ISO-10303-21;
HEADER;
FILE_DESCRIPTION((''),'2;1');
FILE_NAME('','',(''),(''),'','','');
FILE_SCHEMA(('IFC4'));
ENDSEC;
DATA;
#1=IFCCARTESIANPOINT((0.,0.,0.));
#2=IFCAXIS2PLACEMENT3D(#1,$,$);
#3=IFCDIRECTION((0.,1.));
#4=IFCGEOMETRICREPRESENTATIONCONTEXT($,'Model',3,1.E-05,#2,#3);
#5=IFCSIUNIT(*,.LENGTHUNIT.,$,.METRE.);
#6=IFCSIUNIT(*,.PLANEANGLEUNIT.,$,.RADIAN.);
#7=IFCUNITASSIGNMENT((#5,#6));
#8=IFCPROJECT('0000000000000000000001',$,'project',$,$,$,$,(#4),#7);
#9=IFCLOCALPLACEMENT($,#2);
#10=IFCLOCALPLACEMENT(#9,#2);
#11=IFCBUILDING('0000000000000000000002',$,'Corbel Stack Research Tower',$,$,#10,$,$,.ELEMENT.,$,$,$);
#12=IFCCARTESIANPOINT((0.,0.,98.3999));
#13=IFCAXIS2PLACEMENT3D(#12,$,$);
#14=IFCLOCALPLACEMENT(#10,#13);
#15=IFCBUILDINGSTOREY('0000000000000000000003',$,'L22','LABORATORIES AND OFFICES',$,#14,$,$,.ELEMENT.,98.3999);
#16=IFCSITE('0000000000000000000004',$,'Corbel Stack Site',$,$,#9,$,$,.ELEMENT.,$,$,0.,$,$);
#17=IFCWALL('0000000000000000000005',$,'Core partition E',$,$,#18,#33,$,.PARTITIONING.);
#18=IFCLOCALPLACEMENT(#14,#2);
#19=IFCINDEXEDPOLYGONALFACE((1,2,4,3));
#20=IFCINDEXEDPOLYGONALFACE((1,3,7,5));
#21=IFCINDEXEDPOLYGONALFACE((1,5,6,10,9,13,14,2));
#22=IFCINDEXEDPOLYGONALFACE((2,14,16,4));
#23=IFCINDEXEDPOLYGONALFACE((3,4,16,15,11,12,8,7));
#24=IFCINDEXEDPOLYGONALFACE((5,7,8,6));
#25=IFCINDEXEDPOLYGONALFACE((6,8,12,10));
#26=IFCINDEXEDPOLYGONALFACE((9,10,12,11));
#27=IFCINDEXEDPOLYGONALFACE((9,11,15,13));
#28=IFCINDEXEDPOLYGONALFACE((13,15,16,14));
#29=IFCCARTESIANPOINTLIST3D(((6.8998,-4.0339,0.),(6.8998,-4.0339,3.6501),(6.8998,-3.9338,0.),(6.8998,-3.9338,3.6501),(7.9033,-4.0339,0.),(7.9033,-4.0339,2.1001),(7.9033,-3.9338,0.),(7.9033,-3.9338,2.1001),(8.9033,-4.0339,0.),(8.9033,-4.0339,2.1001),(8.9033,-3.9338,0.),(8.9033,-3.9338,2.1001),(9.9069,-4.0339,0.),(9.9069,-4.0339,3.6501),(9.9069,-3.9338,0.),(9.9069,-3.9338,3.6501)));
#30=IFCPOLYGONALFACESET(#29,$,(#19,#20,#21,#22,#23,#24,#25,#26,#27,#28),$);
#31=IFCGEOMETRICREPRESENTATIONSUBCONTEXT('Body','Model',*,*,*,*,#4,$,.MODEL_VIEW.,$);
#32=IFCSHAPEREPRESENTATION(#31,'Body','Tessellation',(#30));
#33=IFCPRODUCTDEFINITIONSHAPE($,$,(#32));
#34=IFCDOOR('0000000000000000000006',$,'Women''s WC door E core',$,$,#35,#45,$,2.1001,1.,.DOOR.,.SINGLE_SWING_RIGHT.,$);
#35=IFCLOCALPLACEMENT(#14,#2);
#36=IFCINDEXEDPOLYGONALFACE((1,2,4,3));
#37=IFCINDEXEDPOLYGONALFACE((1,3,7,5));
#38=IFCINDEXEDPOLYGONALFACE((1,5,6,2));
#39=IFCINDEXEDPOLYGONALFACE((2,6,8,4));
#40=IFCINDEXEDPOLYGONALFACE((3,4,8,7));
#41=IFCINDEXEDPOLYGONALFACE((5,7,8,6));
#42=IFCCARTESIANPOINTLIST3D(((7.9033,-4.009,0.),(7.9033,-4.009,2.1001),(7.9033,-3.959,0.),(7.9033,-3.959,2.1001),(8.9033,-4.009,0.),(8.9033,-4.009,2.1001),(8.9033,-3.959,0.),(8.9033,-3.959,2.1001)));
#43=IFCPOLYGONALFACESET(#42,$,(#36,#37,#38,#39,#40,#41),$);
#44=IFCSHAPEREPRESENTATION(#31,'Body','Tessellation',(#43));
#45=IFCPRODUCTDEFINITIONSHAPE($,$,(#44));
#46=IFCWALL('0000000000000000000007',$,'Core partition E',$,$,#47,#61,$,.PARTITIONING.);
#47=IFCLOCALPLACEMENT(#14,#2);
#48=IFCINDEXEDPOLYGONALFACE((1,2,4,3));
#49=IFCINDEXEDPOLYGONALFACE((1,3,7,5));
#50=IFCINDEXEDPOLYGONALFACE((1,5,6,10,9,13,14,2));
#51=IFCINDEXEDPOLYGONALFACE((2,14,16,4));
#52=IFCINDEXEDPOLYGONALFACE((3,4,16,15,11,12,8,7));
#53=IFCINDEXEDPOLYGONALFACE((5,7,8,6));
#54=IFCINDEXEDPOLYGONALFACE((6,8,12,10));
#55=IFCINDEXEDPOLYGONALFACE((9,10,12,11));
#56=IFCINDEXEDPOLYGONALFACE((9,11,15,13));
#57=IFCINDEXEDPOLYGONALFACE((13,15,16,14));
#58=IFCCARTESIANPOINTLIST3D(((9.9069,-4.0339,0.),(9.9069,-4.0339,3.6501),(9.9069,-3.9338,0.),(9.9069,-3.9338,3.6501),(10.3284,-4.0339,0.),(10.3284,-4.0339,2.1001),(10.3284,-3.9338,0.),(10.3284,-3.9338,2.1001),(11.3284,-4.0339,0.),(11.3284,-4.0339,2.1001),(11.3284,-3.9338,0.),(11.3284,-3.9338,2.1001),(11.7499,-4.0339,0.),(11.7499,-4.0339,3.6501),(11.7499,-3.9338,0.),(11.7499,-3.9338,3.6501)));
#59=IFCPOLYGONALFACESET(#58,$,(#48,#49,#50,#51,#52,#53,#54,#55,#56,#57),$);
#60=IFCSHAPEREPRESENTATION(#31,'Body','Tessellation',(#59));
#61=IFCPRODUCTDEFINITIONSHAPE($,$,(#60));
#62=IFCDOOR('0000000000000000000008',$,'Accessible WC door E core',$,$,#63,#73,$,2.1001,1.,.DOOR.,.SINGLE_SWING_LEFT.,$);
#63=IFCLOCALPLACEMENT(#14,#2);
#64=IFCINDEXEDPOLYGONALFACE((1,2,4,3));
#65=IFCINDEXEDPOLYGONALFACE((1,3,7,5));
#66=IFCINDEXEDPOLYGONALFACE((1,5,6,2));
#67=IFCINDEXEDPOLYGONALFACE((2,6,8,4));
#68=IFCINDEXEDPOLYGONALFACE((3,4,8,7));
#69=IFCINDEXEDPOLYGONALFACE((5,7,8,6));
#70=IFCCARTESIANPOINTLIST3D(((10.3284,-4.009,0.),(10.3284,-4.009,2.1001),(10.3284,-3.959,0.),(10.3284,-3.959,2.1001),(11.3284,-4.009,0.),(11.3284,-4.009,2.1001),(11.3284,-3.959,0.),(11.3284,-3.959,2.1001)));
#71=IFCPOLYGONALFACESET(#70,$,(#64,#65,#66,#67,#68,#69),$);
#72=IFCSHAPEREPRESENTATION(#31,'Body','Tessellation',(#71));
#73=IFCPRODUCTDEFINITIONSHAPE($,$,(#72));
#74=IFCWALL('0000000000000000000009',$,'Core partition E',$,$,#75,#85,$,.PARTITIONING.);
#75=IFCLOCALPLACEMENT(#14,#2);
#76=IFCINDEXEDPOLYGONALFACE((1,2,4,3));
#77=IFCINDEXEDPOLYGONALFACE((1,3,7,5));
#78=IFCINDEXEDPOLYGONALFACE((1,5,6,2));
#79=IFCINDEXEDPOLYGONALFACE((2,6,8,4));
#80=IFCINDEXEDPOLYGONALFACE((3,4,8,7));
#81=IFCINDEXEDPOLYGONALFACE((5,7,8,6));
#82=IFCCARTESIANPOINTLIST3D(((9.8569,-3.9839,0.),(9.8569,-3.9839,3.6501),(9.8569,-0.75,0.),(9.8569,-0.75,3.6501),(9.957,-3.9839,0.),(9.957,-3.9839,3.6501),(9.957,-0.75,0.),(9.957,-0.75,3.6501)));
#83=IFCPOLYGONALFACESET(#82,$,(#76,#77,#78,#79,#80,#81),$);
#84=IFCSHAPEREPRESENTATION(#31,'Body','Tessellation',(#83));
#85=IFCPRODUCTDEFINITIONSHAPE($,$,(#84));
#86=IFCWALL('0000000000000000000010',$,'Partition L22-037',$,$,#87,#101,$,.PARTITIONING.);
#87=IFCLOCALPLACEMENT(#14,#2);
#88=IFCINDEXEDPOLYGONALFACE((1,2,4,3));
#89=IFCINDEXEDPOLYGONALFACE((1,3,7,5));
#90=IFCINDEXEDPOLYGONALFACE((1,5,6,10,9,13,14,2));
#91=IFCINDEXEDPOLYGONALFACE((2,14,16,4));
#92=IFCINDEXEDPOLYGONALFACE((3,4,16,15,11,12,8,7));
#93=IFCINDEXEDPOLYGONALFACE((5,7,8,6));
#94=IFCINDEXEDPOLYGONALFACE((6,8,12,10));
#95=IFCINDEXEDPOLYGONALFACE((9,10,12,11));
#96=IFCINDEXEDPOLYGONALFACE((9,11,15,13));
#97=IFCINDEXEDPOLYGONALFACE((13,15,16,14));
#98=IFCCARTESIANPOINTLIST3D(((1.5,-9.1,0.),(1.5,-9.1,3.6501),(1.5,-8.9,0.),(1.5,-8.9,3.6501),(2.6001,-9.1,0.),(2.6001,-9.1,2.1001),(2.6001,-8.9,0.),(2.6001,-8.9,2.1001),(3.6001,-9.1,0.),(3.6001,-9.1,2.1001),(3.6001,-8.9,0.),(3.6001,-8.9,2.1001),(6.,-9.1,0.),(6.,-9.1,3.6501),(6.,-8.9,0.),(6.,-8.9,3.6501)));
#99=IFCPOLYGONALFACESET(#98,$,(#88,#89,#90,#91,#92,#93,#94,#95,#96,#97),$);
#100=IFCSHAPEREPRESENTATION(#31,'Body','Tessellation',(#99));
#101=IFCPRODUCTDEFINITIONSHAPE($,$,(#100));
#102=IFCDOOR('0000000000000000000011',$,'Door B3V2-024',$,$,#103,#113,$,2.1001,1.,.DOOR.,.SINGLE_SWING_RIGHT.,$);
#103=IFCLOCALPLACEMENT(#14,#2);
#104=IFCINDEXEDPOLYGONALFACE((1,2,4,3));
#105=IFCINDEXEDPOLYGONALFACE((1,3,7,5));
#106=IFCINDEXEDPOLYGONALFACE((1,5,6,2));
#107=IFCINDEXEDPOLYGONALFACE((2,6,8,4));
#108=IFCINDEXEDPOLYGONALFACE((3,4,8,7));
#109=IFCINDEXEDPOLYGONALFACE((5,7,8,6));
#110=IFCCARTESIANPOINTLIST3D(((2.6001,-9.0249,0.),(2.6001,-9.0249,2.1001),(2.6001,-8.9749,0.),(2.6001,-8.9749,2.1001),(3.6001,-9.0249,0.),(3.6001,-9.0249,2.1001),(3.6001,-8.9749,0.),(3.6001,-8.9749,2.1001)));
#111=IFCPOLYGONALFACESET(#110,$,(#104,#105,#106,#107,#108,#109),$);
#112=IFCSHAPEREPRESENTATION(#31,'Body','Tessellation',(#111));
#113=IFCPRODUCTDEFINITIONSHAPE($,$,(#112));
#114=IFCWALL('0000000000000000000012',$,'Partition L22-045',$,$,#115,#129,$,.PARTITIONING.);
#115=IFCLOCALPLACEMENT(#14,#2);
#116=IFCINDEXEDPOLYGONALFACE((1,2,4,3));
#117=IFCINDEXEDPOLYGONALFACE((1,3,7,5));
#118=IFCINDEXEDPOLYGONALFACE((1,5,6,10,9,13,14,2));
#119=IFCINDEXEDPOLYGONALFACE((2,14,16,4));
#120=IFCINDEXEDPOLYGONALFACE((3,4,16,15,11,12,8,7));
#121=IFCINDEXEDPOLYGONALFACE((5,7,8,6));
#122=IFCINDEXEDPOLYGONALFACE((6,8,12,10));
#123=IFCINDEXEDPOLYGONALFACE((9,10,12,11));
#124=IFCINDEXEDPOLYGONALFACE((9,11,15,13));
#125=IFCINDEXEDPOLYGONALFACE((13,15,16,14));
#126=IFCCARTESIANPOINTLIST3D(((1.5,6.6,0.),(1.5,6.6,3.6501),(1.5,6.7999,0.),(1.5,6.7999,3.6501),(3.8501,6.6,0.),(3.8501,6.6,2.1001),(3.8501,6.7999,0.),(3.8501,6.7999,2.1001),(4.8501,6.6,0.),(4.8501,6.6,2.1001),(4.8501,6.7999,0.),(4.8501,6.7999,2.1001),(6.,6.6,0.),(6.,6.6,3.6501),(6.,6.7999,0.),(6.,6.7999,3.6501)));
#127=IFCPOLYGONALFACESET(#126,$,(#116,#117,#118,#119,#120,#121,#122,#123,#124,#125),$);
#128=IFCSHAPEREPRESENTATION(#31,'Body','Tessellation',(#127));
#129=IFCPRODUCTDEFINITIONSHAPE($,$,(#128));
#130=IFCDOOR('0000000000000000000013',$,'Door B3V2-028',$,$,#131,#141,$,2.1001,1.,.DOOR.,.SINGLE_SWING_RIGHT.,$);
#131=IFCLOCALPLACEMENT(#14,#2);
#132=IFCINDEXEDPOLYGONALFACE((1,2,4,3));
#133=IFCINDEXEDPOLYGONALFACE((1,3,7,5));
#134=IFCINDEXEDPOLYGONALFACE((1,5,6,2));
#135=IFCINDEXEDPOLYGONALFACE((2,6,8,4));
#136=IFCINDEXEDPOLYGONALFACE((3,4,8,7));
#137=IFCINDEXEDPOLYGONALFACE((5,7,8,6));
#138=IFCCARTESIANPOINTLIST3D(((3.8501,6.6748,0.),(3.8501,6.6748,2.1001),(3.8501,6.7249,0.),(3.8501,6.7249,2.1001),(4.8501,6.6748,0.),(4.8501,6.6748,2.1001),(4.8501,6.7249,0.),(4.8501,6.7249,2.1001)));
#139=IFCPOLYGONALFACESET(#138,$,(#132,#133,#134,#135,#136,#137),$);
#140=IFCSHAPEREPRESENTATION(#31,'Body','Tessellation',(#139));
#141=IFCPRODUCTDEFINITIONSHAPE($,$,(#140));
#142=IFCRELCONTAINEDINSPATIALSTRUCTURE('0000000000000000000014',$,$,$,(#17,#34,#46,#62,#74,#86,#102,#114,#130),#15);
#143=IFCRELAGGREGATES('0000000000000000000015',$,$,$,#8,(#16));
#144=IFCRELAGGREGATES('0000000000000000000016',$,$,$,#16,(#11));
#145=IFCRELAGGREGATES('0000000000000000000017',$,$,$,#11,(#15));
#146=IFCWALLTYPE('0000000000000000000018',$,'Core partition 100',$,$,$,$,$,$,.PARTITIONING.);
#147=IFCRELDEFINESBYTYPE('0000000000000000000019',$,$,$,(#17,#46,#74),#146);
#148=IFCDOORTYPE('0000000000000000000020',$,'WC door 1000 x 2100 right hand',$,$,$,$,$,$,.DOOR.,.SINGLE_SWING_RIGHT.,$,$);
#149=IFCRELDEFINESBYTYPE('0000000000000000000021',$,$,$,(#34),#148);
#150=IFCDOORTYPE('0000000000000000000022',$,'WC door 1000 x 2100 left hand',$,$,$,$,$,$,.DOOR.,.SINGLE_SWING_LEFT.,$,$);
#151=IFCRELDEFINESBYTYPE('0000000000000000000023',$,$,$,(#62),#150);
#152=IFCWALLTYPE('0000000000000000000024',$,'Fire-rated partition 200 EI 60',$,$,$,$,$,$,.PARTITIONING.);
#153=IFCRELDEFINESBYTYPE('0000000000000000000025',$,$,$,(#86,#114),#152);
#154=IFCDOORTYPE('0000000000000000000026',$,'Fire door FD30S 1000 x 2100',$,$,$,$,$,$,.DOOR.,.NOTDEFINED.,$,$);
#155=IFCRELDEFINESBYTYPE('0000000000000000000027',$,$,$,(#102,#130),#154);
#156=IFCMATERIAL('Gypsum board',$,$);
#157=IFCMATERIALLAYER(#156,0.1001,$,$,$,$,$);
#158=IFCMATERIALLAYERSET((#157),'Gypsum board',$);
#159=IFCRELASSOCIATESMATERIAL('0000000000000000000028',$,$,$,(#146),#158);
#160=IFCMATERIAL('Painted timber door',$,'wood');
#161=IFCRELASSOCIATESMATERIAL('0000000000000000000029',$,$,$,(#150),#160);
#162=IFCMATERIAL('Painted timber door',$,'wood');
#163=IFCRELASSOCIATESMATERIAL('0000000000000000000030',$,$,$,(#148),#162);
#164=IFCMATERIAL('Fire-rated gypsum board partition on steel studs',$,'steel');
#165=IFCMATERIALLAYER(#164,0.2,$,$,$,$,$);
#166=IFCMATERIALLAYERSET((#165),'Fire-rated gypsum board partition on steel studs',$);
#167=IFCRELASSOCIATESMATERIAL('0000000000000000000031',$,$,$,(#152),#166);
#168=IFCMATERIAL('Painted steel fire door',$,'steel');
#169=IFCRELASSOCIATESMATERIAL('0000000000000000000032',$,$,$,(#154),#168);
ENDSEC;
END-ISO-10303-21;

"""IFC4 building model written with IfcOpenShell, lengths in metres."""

from ifc_helpers import new_model, si_unit, direction, frame, frame_2d, origin, place, context, subcontext, project, spatial, rectangle, extrude, material, layer, layer_set, type_object, element, fill, save


model = new_model("IFC4")

# Units and contexts
model_context = context("Model", 3, precision=1e-05, world=origin(), true_north=direction((0.0, 1.0)))
body_context = subcontext(model_context, "Body", "Model", "MODEL_VIEW")
ifc_project = project(units=[si_unit("LENGTHUNIT", "METRE"), si_unit("PLANEANGLEUNIT", "RADIAN")], contexts=[model_context])

# Site, building, storey
site_placement = place(None, origin())
site = spatial("IfcSite", under=ifc_project, at=site_placement, Name="Corbel Stack Site", CompositionType="ELEMENT", RefElevation=0.0)
building_placement = place(site_placement, origin())
building = spatial("IfcBuilding", under=site, at=building_placement, Name="Corbel Stack Research Tower", CompositionType="ELEMENT")
storey_placement = place(building_placement, frame((0.0, 0.0, 98.3999)))
storey = spatial("IfcBuildingStorey", under=building, at=storey_placement, Name="L22", Description="LABORATORIES AND OFFICES", CompositionType="ELEMENT", Elevation=98.3999)

# Walls, openings, doors
ifc_material_1 = material(Name="Gypsum board")
ifc_layer_1 = layer(ifc_material_1, 0.1001)
ifc_layer_set_1 = layer_set([ifc_layer_1], Name="Gypsum board")
wall_type_1 = type_object("IfcWallType", Name="Core partition 100", PredefinedType="PARTITIONING", material=ifc_layer_set_1)
ifc_material_2 = material(Name="Painted timber door", Category="wood")
door_type_1 = type_object("IfcDoorType", Name="WC door 1000 x 2100 left hand", OperationType="SINGLE_SWING_LEFT", PredefinedType="DOOR", material=ifc_material_2)
wall_1_placement = place(storey_placement, frame((6.8999, -3.9839, 0.0), z_axis=(0.0, 0.0, 1.0), x_axis=(1.0, 0.0, 0.0)))
wall_1 = element("IfcWall", 1, at=wall_1_placement, inside=storey, type_object=wall_type_1, Name="Core partition E", PredefinedType="PARTITIONING", context=body_context, shape_type="SweptSolid", body=[
    extrude(rectangle(XDim=3.0071, YDim=0.1001, at=frame_2d((1.5034, 0.0))), origin(), (0.0, 0.0, 1.0), 3.6501),
])
opening_1_placement = place(wall_1_placement, frame((1.0034, 0.0, 0.0)))
opening_1 = element("IfcOpeningElement", 2, at=opening_1_placement, cuts=wall_1, PredefinedType="OPENING", context=body_context, shape_type="SweptSolid", body=[
    extrude(rectangle(XDim=1.0, YDim=2.1001, at=frame_2d((0.5, 1.05))), frame((0.0, 0.0601, 0.0), z_axis=(0.0, -1.0, 0.0), x_axis=(1.0, 0.0, 0.0)), (0.0, 0.0, 1.0), 0.1201),
])
ifc_material_3 = material(Name="Painted timber door", Category="wood")
door_type_2 = type_object("IfcDoorType", Name="WC door 1000 x 2100 right hand", OperationType="SINGLE_SWING_RIGHT", PredefinedType="DOOR", material=ifc_material_3)
door_1_placement = place(opening_1_placement, origin())
door_1 = element("IfcDoor", 3, at=door_1_placement, inside=storey, type_object=door_type_2, Name="Women's WC door E core", OperationType="SINGLE_SWING_RIGHT", OverallHeight=2.1001, OverallWidth=1.0, PredefinedType="DOOR", context=body_context, shape_type="SweptSolid", body=[
    extrude(rectangle(XDim=1.0, YDim=2.1001, at=frame_2d((0.5, 1.05))), frame((0.0, 0.0249, 0.0), z_axis=(0.0, -1.0, 0.0), x_axis=(1.0, 0.0, 0.0)), (0.0, 0.0, 1.0), 0.05),
])
fill(opening_1, door_1)
wall_2_placement = place(storey_placement, frame((9.907, -3.9839, 0.0), z_axis=(0.0, 0.0, 1.0), x_axis=(1.0, 0.0, 0.0)))
wall_2 = element("IfcWall", 4, at=wall_2_placement, inside=storey, type_object=wall_type_1, Name="Core partition E", PredefinedType="PARTITIONING", context=body_context, shape_type="SweptSolid", body=[
    extrude(rectangle(XDim=1.843, YDim=0.1001, at=frame_2d((0.9214, 0.0))), origin(), (0.0, 0.0, 1.0), 3.6501),
])
opening_2_placement = place(wall_2_placement, frame((0.4214, 0.0, 0.0)))
opening_2 = element("IfcOpeningElement", 5, at=opening_2_placement, cuts=wall_2, PredefinedType="OPENING", context=body_context, shape_type="SweptSolid", body=[
    extrude(rectangle(XDim=1.0, YDim=2.1001, at=frame_2d((0.5, 1.05))), frame((0.0, 0.0601, 0.0), z_axis=(0.0, -1.0, 0.0), x_axis=(1.0, 0.0, 0.0)), (0.0, 0.0, 1.0), 0.1201),
])
door_2_placement = place(opening_2_placement, origin())
door_2 = element("IfcDoor", 6, at=door_2_placement, inside=storey, type_object=door_type_1, Name="Accessible WC door E core", OperationType="SINGLE_SWING_LEFT", OverallHeight=2.1001, OverallWidth=1.0, PredefinedType="DOOR", context=body_context, shape_type="SweptSolid", body=[
    extrude(rectangle(XDim=1.0, YDim=2.1001, at=frame_2d((0.5, 1.05))), frame((0.0, 0.0249, 0.0), z_axis=(0.0, -1.0, 0.0), x_axis=(1.0, 0.0, 0.0)), (0.0, 0.0, 1.0), 0.05),
])
fill(opening_2, door_2)

# Wall
wall_3_placement = place(storey_placement, frame((9.907, -3.9839, 0.0), z_axis=(0.0, 0.0, 1.0), x_axis=(0.0, 1.0, 0.0)))
element("IfcWall", 7, at=wall_3_placement, inside=storey, type_object=wall_type_1, Name="Core partition E", PredefinedType="PARTITIONING", context=body_context, shape_type="SweptSolid", body=[
    extrude(rectangle(XDim=3.2339, YDim=0.1001, at=frame_2d((1.6169, 0.0))), origin(), (0.0, 0.0, 1.0), 3.6501),
])

# Walls, openings, doors
ifc_material_4 = material(Name="Fire-rated gypsum board partition on steel studs", Category="steel")
ifc_layer_2 = layer(ifc_material_4, 0.2)
ifc_layer_set_2 = layer_set([ifc_layer_2], Name="Fire-rated gypsum board partition on steel studs")
wall_type_2 = type_object("IfcWallType", Name="Fire-rated partition 200 EI 60", PredefinedType="PARTITIONING", material=ifc_layer_set_2)
wall_4_placement = place(storey_placement, frame((6.0, -9.0, 0.0), z_axis=(0.0, 0.0, 1.0), x_axis=(-1.0, 0.0, 0.0)))
wall_4 = element("IfcWall", 8, at=wall_4_placement, inside=storey, type_object=wall_type_2, Name="Partition L22-037", PredefinedType="PARTITIONING", context=body_context, shape_type="SweptSolid", body=[
    extrude(rectangle(XDim=4.5, YDim=0.2, at=frame_2d((2.25, 0.0))), origin(), (0.0, 0.0, 1.0), 3.6501),
])
opening_3_placement = place(wall_4_placement, frame((2.3999, 0.0, 0.0)))
opening_3 = element("IfcOpeningElement", 9, at=opening_3_placement, cuts=wall_4, PredefinedType="OPENING", context=body_context, shape_type="SweptSolid", body=[
    extrude(rectangle(XDim=1.0, YDim=2.1001, at=frame_2d((0.5, 1.05))), frame((0.0, 0.1099, 0.0), z_axis=(0.0, -1.0, 0.0), x_axis=(1.0, 0.0, 0.0)), (0.0, 0.0, 1.0), 0.22),
])
ifc_material_5 = material(Name="Painted steel fire door", Category="steel")
door_type_3 = type_object("IfcDoorType", Name="Fire door FD30S 1000 x 2100", OperationType="NOTDEFINED", PredefinedType="DOOR", material=ifc_material_5)
door_3_placement = place(opening_3_placement, origin())
door_3 = element("IfcDoor", 10, at=door_3_placement, inside=storey, type_object=door_type_3, Name="Door B3V2-024", OperationType="SINGLE_SWING_RIGHT", OverallHeight=2.1001, OverallWidth=1.0, PredefinedType="DOOR", context=body_context, shape_type="SweptSolid", body=[
    extrude(rectangle(XDim=1.0, YDim=2.1001, at=frame_2d((0.5, 1.05))), frame((0.0, 0.0249, 0.0), z_axis=(0.0, -1.0, 0.0), x_axis=(1.0, 0.0, 0.0)), (0.0, 0.0, 1.0), 0.05),
])
fill(opening_3, door_3)
wall_5_placement = place(storey_placement, frame((1.5, 6.7, 0.0), z_axis=(0.0, 0.0, 1.0), x_axis=(1.0, 0.0, 0.0)))
wall_5 = element("IfcWall", 11, at=wall_5_placement, inside=storey, type_object=wall_type_2, Name="Partition L22-045", PredefinedType="PARTITIONING", context=body_context, shape_type="SweptSolid", body=[
    extrude(rectangle(XDim=4.5, YDim=0.2, at=frame_2d((2.25, 0.0))), origin(), (0.0, 0.0, 1.0), 3.6501),
])
opening_4_placement = place(wall_5_placement, frame((2.3501, 0.0, 0.0)))
opening_4 = element("IfcOpeningElement", 12, at=opening_4_placement, cuts=wall_5, PredefinedType="OPENING", context=body_context, shape_type="SweptSolid", body=[
    extrude(rectangle(XDim=1.0, YDim=2.1001, at=frame_2d((0.5, 1.05))), frame((0.0, 0.1099, 0.0), z_axis=(0.0, -1.0, 0.0), x_axis=(1.0, 0.0, 0.0)), (0.0, 0.0, 1.0), 0.22),
])
door_4_placement = place(opening_4_placement, origin())
door_4 = element("IfcDoor", 13, at=door_4_placement, inside=storey, type_object=door_type_3, Name="Door B3V2-028", OperationType="SINGLE_SWING_RIGHT", OverallHeight=2.1001, OverallWidth=1.0, PredefinedType="DOOR", context=body_context, shape_type="SweptSolid", body=[
    extrude(rectangle(XDim=1.0, YDim=2.1001, at=frame_2d((0.5, 1.05))), frame((0.0, 0.0249, 0.0), z_axis=(0.0, -1.0, 0.0), x_axis=(1.0, 0.0, 0.0)), (0.0, 0.0, 1.0), 0.05),
])
fill(opening_4, door_4)

save(model, "model.ifc")
